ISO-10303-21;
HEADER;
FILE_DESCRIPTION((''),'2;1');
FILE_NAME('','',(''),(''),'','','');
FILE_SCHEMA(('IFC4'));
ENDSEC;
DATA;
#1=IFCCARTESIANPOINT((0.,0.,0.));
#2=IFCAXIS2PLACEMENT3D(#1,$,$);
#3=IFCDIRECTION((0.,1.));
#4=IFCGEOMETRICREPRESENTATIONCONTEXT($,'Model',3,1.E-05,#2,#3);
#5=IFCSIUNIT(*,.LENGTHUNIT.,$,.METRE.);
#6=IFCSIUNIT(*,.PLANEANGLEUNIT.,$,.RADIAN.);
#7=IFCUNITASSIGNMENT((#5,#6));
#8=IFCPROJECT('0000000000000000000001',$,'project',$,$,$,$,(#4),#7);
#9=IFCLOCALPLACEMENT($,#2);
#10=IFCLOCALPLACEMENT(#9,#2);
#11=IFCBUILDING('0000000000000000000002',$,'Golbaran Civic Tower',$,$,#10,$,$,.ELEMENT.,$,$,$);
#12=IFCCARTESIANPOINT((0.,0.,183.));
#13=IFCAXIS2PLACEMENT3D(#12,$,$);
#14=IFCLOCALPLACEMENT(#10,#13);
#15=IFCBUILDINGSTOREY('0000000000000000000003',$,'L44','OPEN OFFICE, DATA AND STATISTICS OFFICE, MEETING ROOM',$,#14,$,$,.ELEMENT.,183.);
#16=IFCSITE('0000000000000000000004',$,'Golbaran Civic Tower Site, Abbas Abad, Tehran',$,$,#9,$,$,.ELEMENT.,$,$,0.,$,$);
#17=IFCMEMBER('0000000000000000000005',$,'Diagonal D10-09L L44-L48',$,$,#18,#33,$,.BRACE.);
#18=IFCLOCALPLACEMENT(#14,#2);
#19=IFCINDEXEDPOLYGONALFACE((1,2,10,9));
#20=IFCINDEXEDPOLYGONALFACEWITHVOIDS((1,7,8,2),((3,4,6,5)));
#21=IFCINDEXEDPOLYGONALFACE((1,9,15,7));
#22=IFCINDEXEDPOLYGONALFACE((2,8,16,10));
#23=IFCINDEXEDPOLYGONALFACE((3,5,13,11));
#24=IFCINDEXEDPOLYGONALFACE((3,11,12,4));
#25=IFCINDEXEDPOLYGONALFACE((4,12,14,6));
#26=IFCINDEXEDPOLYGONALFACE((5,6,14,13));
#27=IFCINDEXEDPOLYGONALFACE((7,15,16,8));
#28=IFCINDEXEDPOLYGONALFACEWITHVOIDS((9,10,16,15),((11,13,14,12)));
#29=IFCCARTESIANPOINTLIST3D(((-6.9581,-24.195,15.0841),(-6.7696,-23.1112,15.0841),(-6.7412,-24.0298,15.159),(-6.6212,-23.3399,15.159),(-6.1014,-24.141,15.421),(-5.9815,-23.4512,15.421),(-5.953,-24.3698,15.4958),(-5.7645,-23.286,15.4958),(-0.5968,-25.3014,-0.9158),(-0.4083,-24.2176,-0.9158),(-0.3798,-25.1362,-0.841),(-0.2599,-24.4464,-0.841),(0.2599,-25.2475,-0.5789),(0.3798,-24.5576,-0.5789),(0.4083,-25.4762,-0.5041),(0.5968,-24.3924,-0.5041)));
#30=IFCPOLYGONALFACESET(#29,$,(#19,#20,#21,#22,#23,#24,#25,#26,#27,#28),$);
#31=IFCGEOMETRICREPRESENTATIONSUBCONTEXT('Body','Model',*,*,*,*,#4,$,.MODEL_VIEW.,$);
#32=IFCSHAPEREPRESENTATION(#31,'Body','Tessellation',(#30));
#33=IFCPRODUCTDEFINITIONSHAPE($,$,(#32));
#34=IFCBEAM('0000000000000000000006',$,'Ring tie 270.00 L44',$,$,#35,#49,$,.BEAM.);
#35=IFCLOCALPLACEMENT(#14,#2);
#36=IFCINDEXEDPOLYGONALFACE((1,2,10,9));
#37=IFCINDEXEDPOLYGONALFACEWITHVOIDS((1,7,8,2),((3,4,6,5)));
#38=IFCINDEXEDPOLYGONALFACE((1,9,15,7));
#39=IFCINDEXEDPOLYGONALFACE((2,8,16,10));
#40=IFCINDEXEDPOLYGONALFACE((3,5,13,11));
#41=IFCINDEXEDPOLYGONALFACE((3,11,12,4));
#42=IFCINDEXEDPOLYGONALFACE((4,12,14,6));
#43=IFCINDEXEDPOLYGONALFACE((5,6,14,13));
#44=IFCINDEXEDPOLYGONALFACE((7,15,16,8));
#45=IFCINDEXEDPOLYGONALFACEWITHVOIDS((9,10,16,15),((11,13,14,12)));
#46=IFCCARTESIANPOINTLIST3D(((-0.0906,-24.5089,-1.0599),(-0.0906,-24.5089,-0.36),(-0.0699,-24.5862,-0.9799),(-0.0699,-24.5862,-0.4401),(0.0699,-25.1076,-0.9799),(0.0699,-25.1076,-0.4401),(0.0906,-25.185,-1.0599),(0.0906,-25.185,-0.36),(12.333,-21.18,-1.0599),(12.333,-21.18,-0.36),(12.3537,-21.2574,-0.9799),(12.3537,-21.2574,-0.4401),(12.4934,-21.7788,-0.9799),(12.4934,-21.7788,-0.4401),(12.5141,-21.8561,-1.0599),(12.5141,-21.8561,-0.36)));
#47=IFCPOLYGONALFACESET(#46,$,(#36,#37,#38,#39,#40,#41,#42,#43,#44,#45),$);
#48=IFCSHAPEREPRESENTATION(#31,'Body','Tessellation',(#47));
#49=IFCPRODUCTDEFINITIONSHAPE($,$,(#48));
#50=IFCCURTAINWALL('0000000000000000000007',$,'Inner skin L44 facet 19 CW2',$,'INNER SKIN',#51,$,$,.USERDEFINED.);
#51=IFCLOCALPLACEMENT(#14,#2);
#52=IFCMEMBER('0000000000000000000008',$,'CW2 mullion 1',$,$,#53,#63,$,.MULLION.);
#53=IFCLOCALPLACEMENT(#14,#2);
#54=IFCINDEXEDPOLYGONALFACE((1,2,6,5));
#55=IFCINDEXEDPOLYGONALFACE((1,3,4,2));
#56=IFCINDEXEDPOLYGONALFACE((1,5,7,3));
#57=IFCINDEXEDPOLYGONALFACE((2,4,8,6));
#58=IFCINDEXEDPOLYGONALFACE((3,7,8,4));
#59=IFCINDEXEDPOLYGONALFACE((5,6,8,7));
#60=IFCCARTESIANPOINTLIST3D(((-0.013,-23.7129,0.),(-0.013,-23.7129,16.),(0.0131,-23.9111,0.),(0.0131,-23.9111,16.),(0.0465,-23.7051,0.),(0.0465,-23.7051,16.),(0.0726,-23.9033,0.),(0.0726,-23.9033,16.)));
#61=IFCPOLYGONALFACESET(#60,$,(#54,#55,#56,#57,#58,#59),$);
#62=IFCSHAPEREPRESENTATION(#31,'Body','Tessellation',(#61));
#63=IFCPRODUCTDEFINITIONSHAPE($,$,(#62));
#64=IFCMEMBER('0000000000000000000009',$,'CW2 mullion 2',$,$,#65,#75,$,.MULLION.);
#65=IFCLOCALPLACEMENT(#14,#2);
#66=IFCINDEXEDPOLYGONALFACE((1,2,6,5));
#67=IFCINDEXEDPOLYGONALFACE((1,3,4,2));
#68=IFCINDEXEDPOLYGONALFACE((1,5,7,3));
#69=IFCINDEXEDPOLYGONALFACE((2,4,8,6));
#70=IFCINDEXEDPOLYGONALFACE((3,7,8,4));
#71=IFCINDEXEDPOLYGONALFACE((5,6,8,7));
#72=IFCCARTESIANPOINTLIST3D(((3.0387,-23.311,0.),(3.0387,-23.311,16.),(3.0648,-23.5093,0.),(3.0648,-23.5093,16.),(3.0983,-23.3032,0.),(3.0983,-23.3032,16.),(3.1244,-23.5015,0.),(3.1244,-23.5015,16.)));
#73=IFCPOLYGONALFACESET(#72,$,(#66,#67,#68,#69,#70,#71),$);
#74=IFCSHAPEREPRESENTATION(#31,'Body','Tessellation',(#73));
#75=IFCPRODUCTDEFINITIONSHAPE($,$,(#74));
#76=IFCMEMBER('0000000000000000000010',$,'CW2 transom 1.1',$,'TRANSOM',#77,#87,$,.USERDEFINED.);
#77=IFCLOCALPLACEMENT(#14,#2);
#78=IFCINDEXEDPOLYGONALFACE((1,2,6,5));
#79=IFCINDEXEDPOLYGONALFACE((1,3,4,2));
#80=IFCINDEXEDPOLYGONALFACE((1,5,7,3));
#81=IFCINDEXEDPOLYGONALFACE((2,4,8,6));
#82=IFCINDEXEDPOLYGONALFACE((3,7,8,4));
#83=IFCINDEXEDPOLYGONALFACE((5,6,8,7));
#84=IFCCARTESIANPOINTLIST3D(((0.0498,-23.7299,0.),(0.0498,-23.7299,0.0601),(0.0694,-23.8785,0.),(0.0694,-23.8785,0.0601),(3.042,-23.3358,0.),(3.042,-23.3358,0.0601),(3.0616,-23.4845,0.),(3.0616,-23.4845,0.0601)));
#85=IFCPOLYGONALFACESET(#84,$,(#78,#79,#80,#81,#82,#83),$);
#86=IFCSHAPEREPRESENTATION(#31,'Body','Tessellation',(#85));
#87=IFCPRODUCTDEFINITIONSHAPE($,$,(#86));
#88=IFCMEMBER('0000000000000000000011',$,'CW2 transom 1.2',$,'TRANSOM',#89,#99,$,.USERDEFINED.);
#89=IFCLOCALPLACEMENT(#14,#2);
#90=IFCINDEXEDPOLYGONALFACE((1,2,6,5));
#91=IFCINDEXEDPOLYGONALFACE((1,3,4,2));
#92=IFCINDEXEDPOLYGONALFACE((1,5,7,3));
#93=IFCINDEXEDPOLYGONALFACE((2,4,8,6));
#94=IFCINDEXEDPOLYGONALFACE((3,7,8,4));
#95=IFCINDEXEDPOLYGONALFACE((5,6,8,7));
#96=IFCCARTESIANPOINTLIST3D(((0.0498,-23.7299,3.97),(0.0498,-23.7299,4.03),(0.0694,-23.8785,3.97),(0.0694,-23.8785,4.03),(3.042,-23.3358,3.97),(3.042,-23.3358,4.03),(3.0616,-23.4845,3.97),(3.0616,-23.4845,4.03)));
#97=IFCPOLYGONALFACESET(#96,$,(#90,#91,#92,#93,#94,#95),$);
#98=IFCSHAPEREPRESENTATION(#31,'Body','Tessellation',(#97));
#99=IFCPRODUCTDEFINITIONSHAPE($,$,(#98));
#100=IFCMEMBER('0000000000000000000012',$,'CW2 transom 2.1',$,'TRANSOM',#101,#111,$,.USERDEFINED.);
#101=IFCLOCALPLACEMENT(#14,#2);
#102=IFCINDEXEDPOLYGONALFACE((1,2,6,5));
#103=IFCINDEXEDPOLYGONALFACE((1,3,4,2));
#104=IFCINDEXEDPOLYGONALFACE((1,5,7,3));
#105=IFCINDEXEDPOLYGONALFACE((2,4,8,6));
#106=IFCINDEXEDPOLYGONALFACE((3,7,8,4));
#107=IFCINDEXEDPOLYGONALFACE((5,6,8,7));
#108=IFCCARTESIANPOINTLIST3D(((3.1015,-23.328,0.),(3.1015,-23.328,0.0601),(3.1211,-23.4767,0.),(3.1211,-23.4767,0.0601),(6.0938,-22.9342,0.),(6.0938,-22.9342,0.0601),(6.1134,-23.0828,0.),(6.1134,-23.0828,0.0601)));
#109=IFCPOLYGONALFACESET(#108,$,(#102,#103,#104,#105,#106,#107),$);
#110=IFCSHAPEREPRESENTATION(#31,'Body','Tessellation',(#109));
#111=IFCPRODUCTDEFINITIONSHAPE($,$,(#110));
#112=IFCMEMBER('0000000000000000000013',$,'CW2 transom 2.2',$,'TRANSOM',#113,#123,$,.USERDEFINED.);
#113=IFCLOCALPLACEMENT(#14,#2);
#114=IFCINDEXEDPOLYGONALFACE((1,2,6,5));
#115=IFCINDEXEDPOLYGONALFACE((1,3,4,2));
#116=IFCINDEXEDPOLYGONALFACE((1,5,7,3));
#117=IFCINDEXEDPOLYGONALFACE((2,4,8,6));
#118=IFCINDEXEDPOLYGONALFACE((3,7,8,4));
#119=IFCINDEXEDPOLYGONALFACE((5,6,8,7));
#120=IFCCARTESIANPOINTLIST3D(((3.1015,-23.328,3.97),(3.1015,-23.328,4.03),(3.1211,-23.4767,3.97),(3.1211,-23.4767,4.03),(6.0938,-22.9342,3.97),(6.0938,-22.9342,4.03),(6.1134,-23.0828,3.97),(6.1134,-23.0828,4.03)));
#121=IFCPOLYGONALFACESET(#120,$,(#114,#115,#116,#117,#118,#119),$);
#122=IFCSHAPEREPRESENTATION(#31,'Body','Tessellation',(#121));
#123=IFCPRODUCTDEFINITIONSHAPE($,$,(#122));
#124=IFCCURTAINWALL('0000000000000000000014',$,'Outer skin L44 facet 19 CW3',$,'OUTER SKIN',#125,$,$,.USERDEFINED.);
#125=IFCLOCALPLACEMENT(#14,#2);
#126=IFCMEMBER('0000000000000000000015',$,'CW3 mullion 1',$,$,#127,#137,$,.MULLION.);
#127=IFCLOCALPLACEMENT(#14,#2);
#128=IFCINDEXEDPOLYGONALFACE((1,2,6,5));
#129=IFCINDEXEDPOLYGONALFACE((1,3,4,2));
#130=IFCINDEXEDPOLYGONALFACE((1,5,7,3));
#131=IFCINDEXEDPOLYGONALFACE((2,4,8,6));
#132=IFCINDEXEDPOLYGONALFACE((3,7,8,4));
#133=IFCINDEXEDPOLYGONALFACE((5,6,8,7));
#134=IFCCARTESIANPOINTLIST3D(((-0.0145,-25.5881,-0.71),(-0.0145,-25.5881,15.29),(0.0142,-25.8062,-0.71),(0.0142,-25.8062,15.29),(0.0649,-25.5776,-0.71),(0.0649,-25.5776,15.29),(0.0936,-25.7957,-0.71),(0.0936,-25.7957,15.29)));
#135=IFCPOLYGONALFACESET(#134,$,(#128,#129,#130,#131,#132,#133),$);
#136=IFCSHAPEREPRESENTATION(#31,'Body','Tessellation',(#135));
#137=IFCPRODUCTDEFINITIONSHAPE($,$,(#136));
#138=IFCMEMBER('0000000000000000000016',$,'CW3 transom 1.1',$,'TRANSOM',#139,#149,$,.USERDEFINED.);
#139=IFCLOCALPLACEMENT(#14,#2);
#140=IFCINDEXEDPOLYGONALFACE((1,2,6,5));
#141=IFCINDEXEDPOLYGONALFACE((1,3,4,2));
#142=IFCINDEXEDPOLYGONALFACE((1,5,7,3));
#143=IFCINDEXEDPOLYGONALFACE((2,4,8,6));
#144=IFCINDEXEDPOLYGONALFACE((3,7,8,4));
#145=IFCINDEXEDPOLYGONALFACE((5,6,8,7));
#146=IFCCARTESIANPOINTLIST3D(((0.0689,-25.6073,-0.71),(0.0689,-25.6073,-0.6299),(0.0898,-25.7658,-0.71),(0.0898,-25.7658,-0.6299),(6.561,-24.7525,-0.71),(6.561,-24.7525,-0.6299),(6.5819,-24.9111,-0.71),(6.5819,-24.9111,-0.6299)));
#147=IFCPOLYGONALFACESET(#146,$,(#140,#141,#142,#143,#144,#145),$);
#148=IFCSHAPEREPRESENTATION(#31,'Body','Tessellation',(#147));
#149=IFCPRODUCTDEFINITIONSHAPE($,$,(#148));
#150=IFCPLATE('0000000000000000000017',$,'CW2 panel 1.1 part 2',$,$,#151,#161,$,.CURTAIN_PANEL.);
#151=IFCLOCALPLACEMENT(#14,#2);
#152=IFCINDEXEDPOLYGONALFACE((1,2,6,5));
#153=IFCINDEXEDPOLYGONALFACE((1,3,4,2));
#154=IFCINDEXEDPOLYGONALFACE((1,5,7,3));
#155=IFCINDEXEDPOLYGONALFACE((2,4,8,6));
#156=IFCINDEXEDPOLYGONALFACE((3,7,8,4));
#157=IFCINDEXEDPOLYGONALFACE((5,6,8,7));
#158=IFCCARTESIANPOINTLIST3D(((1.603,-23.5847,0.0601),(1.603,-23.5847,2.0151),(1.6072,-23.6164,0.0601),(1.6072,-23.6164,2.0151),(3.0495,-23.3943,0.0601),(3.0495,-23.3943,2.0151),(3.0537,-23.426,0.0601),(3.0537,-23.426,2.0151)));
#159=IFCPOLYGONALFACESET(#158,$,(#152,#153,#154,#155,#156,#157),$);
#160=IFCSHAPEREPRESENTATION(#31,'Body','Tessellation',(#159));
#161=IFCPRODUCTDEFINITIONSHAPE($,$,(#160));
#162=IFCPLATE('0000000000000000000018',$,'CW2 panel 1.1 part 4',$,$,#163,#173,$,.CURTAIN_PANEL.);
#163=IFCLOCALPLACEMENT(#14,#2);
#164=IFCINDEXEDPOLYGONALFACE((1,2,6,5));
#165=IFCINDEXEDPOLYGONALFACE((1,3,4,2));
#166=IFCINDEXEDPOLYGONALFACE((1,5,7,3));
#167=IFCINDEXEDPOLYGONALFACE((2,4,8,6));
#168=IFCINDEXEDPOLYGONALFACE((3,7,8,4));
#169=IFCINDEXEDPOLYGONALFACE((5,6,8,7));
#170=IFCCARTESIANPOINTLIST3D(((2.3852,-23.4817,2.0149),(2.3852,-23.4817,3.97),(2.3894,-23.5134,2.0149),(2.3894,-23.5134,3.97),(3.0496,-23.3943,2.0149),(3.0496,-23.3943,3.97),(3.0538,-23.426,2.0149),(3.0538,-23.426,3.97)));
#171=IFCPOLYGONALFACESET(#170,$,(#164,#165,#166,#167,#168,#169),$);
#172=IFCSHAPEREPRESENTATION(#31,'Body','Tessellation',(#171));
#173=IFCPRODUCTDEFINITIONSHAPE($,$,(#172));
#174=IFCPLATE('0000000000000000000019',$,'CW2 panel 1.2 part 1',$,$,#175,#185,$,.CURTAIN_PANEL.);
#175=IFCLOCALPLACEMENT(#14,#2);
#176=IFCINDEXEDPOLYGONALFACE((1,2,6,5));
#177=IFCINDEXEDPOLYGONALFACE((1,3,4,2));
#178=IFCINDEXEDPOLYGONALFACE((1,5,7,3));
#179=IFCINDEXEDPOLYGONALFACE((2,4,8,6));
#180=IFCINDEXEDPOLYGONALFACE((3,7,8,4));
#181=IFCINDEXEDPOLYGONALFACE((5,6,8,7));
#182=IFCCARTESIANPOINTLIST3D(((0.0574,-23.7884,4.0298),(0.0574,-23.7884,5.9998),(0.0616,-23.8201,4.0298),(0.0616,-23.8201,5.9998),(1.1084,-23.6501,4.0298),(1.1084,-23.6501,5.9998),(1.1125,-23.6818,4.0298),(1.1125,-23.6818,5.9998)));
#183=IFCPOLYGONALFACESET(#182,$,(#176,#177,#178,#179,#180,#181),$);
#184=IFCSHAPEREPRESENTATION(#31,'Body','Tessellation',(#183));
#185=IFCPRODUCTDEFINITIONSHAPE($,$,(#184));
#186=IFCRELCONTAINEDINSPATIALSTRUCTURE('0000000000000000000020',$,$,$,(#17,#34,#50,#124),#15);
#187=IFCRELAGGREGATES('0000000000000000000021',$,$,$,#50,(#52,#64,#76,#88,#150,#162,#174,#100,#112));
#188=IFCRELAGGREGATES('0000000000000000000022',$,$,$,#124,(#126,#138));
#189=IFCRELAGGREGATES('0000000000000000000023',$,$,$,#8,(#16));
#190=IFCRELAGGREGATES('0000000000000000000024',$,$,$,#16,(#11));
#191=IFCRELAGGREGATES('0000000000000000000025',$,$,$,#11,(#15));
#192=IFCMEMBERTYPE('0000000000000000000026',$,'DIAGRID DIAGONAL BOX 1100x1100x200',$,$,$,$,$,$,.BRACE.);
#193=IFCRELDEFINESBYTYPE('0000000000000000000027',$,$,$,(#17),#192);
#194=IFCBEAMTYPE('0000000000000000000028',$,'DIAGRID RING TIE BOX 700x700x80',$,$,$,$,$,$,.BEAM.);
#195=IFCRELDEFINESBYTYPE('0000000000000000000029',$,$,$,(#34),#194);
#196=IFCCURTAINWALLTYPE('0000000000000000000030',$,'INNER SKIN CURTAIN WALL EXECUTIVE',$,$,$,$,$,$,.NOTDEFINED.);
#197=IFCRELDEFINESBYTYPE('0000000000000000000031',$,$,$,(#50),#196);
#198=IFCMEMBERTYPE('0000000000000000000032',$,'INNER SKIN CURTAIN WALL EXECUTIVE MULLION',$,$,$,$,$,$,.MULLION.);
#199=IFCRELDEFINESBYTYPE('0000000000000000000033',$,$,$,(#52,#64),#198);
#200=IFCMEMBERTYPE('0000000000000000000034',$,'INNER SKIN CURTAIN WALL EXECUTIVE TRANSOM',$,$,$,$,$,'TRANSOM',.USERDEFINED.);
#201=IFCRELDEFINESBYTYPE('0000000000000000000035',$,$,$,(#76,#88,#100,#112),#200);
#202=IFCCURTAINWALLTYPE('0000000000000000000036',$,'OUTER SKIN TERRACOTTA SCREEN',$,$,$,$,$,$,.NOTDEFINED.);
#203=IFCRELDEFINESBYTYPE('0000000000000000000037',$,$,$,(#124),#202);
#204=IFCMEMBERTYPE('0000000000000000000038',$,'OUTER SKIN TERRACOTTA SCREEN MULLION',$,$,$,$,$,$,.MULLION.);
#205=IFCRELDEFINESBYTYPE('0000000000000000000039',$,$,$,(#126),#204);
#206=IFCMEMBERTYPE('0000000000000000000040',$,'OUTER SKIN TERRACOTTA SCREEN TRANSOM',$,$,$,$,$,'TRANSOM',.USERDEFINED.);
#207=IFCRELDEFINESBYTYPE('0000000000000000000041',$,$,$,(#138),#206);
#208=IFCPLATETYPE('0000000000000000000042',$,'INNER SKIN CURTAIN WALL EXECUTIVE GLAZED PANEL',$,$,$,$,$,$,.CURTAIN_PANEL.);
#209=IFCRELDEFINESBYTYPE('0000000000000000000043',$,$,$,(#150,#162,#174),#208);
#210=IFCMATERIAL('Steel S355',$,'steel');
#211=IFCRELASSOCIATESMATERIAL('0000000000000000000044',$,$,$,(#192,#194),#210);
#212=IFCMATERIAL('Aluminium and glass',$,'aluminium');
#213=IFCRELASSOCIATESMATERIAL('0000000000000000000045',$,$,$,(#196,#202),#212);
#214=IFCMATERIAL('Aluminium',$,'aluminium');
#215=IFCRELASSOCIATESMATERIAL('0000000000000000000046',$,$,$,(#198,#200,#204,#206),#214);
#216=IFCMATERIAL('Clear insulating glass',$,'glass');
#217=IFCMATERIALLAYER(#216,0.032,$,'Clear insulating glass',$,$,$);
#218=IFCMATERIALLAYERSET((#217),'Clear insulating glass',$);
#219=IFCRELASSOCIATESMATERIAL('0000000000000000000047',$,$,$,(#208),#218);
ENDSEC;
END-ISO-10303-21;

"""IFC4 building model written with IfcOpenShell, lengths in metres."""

from ifc_helpers import new_model, si_unit, direction, frame, origin, origin_2d, place, context, subcontext, project, spatial, rectangle, hollow_rectangle, extrude, material, layer, layer_set, material_profile, profile_set, type_object, element, aggregate, save


model = new_model("IFC4")

# Units and contexts
model_context = context("Model", 3, precision=1e-05, world=origin(), true_north=direction((0.0, 1.0)))
body_context = subcontext(model_context, "Body", "Model", "MODEL_VIEW")
ifc_project = project(units=[si_unit("LENGTHUNIT", "METRE"), si_unit("PLANEANGLEUNIT", "RADIAN")], contexts=[model_context])

# Site, building, storey
site_placement = place(None, origin())
site = spatial("IfcSite", under=ifc_project, at=site_placement, Name="Golbaran Civic Tower Site, Abbas Abad, Tehran", CompositionType="ELEMENT", RefElevation=0.0)
building_placement = place(site_placement, origin())
building = spatial("IfcBuilding", under=site, at=building_placement, Name="Golbaran Civic Tower", CompositionType="ELEMENT")
storey_placement = place(building_placement, frame((0.0, 0.0, 183.0)))
storey = spatial("IfcBuildingStorey", under=building, at=storey_placement, Name="L44", Description="OPEN OFFICE, DATA AND STATISTICS OFFICE, MEETING ROOM", CompositionType="ELEMENT", Elevation=183.0)

# Member
ifc_material_1 = material(Name="Steel S355", Category="steel")
ifc_material_profile_1 = material_profile(ifc_material_1, hollow_rectangle(XDim=1.1001, YDim=1.1001, WallThickness=0.2, at=origin_2d()), Name="BOX 1100x1100x200")
ifc_profile_set_1 = profile_set([ifc_material_profile_1], Name="Steel S355")
member_type_1 = type_object("IfcMemberType", Name="DIAGRID DIAGONAL BOX 1100x1100x200", PredefinedType="BRACE", material=ifc_profile_set_1)
member_1_placement = place(storey_placement, frame((0.0, -24.8469, -0.71), z_axis=(-0.368693, 0.064128, 0.927336), x_axis=(-0.17136, -0.985208, 0.0)))
element("IfcMember", 1, at=member_1_placement, inside=storey, type_object=member_type_1, Name="Diagonal D10-09L L44-L48", PredefinedType="BRACE", context=body_context, shape_type="SweptSolid", body=[
    extrude(hollow_rectangle(XDim=1.1001, YDim=1.1001, WallThickness=0.2, at=origin_2d()), origin(), (0.0, 0.0, 1.0), 17.2537),
])

# Beam
ifc_material_profile_2 = material_profile(ifc_material_1, hollow_rectangle(XDim=0.7, YDim=0.7, WallThickness=0.0801, at=origin_2d()), Name="BOX 700x700x80")
ifc_profile_set_2 = profile_set([ifc_material_profile_2], Name="Steel S355")
beam_type = type_object("IfcBeamType", Name="DIAGRID RING TIE BOX 700x700x80", PredefinedType="BEAM", material=ifc_profile_set_2)
beam_placement = place(storey_placement, frame((0.0, -24.8469, -0.71), z_axis=(0.965926, 0.258817, 0.0), x_axis=(-0.258817, 0.965926, 0.0)))
element("IfcBeam", 2, at=beam_placement, inside=storey, type_object=beam_type, Name="Ring tie 270.00 L44", PredefinedType="BEAM", context=body_context, shape_type="SweptSolid", body=[
    extrude(hollow_rectangle(XDim=0.7, YDim=0.7, WallThickness=0.0801, at=origin_2d()), origin(), (0.0, 0.0, 1.0), 12.8618),
])

# Curtain walls, members
ifc_material_2 = material(Name="Aluminium and glass", Category="aluminium")
curtain_wall_type_1 = type_object("IfcCurtainWallType", Name="INNER SKIN CURTAIN WALL EXECUTIVE", PredefinedType="NOTDEFINED", material=ifc_material_2)
curtain_wall_1_placement = place(storey_placement, origin())
curtain_wall_1 = element("IfcCurtainWall", 3, at=curtain_wall_1_placement, inside=storey, type_object=curtain_wall_type_1, Name="Inner skin L44 facet 19 CW2", ObjectType="INNER SKIN", PredefinedType="USERDEFINED")
ifc_material_3 = material(Name="Aluminium", Category="aluminium")
ifc_material_profile_3 = material_profile(ifc_material_3, rectangle(XDim=0.2, YDim=0.0601, at=origin_2d()), Name="INNER SKIN CURTAIN WALL EXECUTIVE MULLION")
ifc_profile_set_3 = profile_set([ifc_material_profile_3], Name="Aluminium")
member_type_2 = type_object("IfcMemberType", Name="INNER SKIN CURTAIN WALL EXECUTIVE MULLION", PredefinedType="MULLION", material=ifc_profile_set_3)
member_2_placement = place(storey_placement, frame((0.0298, -23.8081, 0.0), z_axis=(0.0, 0.0, 1.0), x_axis=(-0.130526, 0.991445, 0.0)))
member_2 = element("IfcMember", 4, at=member_2_placement, type_object=member_type_2, Name="CW2 mullion 1", PredefinedType="MULLION", context=body_context, shape_type="SweptSolid", body=[
    extrude(rectangle(XDim=0.2, YDim=0.0601, at=origin_2d()), origin(), (0.0, 0.0, 1.0), 16.0),
])
member_3_placement = place(storey_placement, frame((3.0815, -23.4062, 0.0), z_axis=(0.0, 0.0, 1.0), x_axis=(-0.130526, 0.991445, 0.0)))
member_3 = element("IfcMember", 5, at=member_3_placement, type_object=member_type_2, Name="CW2 mullion 2", PredefinedType="MULLION", context=body_context, shape_type="SweptSolid", body=[
    extrude(rectangle(XDim=0.2, YDim=0.0601, at=origin_2d()), origin(), (0.0, 0.0, 1.0), 16.0),
])
ifc_material_profile_4 = material_profile(ifc_material_3, rectangle(XDim=0.1499, YDim=0.0601, at=origin_2d()), Name="INNER SKIN CURTAIN WALL EXECUTIVE TRANSOM")
ifc_profile_set_4 = profile_set([ifc_material_profile_4], Name="Aluminium")
member_type_3 = type_object("IfcMemberType", Name="INNER SKIN CURTAIN WALL EXECUTIVE TRANSOM", ElementType="TRANSOM", PredefinedType="USERDEFINED", material=ifc_profile_set_4)
member_4_placement = place(storey_placement, frame((0.0596, -23.8042, 0.03), z_axis=(0.99144, 0.130563, 0.0), x_axis=(-0.130563, 0.99144, 0.0)))
member_4 = element("IfcMember", 6, at=member_4_placement, type_object=member_type_3, Name="CW2 transom 1.1", ObjectType="TRANSOM", PredefinedType="USERDEFINED", context=body_context, shape_type="SweptSolid", body=[
    extrude(rectangle(XDim=0.1499, YDim=0.0601, at=origin_2d()), origin(), (0.0, 0.0, 1.0), 3.0181),
])
member_5_placement = place(storey_placement, frame((0.0596, -23.8042, 4.0), z_axis=(0.99144, 0.130563, 0.0), x_axis=(-0.130563, 0.99144, 0.0)))
member_5 = element("IfcMember", 7, at=member_5_placement, type_object=member_type_3, Name="CW2 transom 1.2", ObjectType="TRANSOM", PredefinedType="USERDEFINED", context=body_context, shape_type="SweptSolid", body=[
    extrude(rectangle(XDim=0.1499, YDim=0.0601, at=origin_2d()), origin(), (0.0, 0.0, 1.0), 3.0181),
])
member_6_placement = place(storey_placement, frame((3.1113, -23.4023, 0.03), z_axis=(0.99145, 0.130484, 0.0), x_axis=(-0.130484, 0.99145, 0.0)))
member_6 = element("IfcMember", 8, at=member_6_placement, type_object=member_type_3, Name="CW2 transom 2.1", ObjectType="TRANSOM", PredefinedType="USERDEFINED", context=body_context, shape_type="SweptSolid", body=[
    extrude(rectangle(XDim=0.1499, YDim=0.0601, at=origin_2d()), origin(), (0.0, 0.0, 1.0), 3.0181),
])
member_7_placement = place(storey_placement, frame((3.1113, -23.4023, 4.0), z_axis=(0.99145, 0.130484, 0.0), x_axis=(-0.130484, 0.99145, 0.0)))
member_7 = element("IfcMember", 9, at=member_7_placement, type_object=member_type_3, Name="CW2 transom 2.2", ObjectType="TRANSOM", PredefinedType="USERDEFINED", context=body_context, shape_type="SweptSolid", body=[
    extrude(rectangle(XDim=0.1499, YDim=0.0601, at=origin_2d()), origin(), (0.0, 0.0, 1.0), 3.0181),
])
curtain_wall_type_2 = type_object("IfcCurtainWallType", Name="OUTER SKIN TERRACOTTA SCREEN", PredefinedType="NOTDEFINED", material=ifc_material_2)
curtain_wall_2_placement = place(storey_placement, origin())
curtain_wall_2 = element("IfcCurtainWall", 10, at=curtain_wall_2_placement, inside=storey, type_object=curtain_wall_type_2, Name="Outer skin L44 facet 19 CW3", ObjectType="OUTER SKIN", PredefinedType="USERDEFINED")
ifc_material_profile_5 = material_profile(ifc_material_3, rectangle(XDim=0.22, YDim=0.0801, at=origin_2d()), Name="OUTER SKIN TERRACOTTA SCREEN MULLION")
ifc_profile_set_5 = profile_set([ifc_material_profile_5], Name="Aluminium")
member_type_4 = type_object("IfcMemberType", Name="OUTER SKIN TERRACOTTA SCREEN MULLION", PredefinedType="MULLION", material=ifc_profile_set_5)
member_8_placement = place(storey_placement, frame((0.0396, -25.6919, -0.71), z_axis=(0.0, 0.0, 1.0), x_axis=(-0.130526, 0.991445, 0.0)))
member_8 = element("IfcMember", 11, at=member_8_placement, type_object=member_type_4, Name="CW3 mullion 1", PredefinedType="MULLION", context=body_context, shape_type="SweptSolid", body=[
    extrude(rectangle(XDim=0.22, YDim=0.0801, at=origin_2d()), origin(), (0.0, 0.0, 1.0), 16.0),
])
ifc_material_profile_6 = material_profile(ifc_material_3, rectangle(XDim=0.1599, YDim=0.0801, at=origin_2d()), Name="OUTER SKIN TERRACOTTA SCREEN TRANSOM")
ifc_profile_set_6 = profile_set([ifc_material_profile_6], Name="Aluminium")
member_type_5 = type_object("IfcMemberType", Name="OUTER SKIN TERRACOTTA SCREEN TRANSOM", ElementType="TRANSOM", PredefinedType="USERDEFINED", material=ifc_profile_set_6)
member_9_placement = place(storey_placement, frame((0.0793, -25.6865, -0.6699), z_axis=(0.991444, 0.13053, 0.0), x_axis=(-0.13053, 0.991444, 0.0)))
member_9 = element("IfcMember", 12, at=member_9_placement, type_object=member_type_5, Name="CW3 transom 1.1", ObjectType="TRANSOM", PredefinedType="USERDEFINED", context=body_context, shape_type="SweptSolid", body=[
    extrude(rectangle(XDim=0.1599, YDim=0.0801, at=origin_2d()), origin(), (0.0, 0.0, 1.0), 6.5481),
])

# Plates
ifc_material_4 = material(Name="Clear insulating glass", Category="glass")
ifc_layer_1 = layer(ifc_material_4, 0.032, Name="Clear insulating glass")
ifc_layer_set_1 = layer_set([ifc_layer_1], Name="Clear insulating glass")
plate_type_1 = type_object("IfcPlateType", Name="INNER SKIN CURTAIN WALL EXECUTIVE GLAZED PANEL", PredefinedType="CURTAIN_PANEL", material=ifc_layer_set_1)
plate_1_placement = place(storey_placement, frame((2.3284, -23.5054, 0.0601), z_axis=(0.0, 0.0, 1.0), x_axis=(0.991445, 0.130526, 0.0)))
plate_1 = element("IfcPlate", 13, at=plate_1_placement, type_object=plate_type_1, Name="CW2 panel 1.1 part 2", PredefinedType="CURTAIN_PANEL", context=body_context, shape_type="SweptSolid", body=[
    extrude(rectangle(XDim=1.459, YDim=0.032, at=origin_2d()), origin(), (0.0, 0.0, 1.0), 1.9551),
])
plate_2_placement = place(storey_placement, frame((2.7195, -23.4539, 2.0149), z_axis=(0.0, 0.0, 1.0), x_axis=(0.991445, 0.130526, 0.0)))
plate_2 = element("IfcPlate", 14, at=plate_2_placement, type_object=plate_type_1, Name="CW2 panel 1.1 part 4", PredefinedType="CURTAIN_PANEL", context=body_context, shape_type="SweptSolid", body=[
    extrude(rectangle(XDim=0.6702, YDim=0.032, at=origin_2d()), origin(), (0.0, 0.0, 1.0), 1.9551),
])
plate_3_placement = place(storey_placement, frame((0.585, -23.7351, 4.0298), z_axis=(0.0, 0.0, 1.0), x_axis=(0.991445, 0.130526, 0.0)))
plate_3 = element("IfcPlate", 15, at=plate_3_placement, type_object=plate_type_1, Name="CW2 panel 1.2 part 1", PredefinedType="CURTAIN_PANEL", context=body_context, shape_type="SweptSolid", body=[
    extrude(rectangle(XDim=1.0601, YDim=0.032, at=origin_2d()), origin(), (0.0, 0.0, 1.0), 1.97),
])
aggregate(curtain_wall_1, [member_2, member_3, member_4, member_5, plate_1, plate_2, plate_3, member_6, member_7])
aggregate(curtain_wall_2, [member_8, member_9])

save(model, "model.ifc")
